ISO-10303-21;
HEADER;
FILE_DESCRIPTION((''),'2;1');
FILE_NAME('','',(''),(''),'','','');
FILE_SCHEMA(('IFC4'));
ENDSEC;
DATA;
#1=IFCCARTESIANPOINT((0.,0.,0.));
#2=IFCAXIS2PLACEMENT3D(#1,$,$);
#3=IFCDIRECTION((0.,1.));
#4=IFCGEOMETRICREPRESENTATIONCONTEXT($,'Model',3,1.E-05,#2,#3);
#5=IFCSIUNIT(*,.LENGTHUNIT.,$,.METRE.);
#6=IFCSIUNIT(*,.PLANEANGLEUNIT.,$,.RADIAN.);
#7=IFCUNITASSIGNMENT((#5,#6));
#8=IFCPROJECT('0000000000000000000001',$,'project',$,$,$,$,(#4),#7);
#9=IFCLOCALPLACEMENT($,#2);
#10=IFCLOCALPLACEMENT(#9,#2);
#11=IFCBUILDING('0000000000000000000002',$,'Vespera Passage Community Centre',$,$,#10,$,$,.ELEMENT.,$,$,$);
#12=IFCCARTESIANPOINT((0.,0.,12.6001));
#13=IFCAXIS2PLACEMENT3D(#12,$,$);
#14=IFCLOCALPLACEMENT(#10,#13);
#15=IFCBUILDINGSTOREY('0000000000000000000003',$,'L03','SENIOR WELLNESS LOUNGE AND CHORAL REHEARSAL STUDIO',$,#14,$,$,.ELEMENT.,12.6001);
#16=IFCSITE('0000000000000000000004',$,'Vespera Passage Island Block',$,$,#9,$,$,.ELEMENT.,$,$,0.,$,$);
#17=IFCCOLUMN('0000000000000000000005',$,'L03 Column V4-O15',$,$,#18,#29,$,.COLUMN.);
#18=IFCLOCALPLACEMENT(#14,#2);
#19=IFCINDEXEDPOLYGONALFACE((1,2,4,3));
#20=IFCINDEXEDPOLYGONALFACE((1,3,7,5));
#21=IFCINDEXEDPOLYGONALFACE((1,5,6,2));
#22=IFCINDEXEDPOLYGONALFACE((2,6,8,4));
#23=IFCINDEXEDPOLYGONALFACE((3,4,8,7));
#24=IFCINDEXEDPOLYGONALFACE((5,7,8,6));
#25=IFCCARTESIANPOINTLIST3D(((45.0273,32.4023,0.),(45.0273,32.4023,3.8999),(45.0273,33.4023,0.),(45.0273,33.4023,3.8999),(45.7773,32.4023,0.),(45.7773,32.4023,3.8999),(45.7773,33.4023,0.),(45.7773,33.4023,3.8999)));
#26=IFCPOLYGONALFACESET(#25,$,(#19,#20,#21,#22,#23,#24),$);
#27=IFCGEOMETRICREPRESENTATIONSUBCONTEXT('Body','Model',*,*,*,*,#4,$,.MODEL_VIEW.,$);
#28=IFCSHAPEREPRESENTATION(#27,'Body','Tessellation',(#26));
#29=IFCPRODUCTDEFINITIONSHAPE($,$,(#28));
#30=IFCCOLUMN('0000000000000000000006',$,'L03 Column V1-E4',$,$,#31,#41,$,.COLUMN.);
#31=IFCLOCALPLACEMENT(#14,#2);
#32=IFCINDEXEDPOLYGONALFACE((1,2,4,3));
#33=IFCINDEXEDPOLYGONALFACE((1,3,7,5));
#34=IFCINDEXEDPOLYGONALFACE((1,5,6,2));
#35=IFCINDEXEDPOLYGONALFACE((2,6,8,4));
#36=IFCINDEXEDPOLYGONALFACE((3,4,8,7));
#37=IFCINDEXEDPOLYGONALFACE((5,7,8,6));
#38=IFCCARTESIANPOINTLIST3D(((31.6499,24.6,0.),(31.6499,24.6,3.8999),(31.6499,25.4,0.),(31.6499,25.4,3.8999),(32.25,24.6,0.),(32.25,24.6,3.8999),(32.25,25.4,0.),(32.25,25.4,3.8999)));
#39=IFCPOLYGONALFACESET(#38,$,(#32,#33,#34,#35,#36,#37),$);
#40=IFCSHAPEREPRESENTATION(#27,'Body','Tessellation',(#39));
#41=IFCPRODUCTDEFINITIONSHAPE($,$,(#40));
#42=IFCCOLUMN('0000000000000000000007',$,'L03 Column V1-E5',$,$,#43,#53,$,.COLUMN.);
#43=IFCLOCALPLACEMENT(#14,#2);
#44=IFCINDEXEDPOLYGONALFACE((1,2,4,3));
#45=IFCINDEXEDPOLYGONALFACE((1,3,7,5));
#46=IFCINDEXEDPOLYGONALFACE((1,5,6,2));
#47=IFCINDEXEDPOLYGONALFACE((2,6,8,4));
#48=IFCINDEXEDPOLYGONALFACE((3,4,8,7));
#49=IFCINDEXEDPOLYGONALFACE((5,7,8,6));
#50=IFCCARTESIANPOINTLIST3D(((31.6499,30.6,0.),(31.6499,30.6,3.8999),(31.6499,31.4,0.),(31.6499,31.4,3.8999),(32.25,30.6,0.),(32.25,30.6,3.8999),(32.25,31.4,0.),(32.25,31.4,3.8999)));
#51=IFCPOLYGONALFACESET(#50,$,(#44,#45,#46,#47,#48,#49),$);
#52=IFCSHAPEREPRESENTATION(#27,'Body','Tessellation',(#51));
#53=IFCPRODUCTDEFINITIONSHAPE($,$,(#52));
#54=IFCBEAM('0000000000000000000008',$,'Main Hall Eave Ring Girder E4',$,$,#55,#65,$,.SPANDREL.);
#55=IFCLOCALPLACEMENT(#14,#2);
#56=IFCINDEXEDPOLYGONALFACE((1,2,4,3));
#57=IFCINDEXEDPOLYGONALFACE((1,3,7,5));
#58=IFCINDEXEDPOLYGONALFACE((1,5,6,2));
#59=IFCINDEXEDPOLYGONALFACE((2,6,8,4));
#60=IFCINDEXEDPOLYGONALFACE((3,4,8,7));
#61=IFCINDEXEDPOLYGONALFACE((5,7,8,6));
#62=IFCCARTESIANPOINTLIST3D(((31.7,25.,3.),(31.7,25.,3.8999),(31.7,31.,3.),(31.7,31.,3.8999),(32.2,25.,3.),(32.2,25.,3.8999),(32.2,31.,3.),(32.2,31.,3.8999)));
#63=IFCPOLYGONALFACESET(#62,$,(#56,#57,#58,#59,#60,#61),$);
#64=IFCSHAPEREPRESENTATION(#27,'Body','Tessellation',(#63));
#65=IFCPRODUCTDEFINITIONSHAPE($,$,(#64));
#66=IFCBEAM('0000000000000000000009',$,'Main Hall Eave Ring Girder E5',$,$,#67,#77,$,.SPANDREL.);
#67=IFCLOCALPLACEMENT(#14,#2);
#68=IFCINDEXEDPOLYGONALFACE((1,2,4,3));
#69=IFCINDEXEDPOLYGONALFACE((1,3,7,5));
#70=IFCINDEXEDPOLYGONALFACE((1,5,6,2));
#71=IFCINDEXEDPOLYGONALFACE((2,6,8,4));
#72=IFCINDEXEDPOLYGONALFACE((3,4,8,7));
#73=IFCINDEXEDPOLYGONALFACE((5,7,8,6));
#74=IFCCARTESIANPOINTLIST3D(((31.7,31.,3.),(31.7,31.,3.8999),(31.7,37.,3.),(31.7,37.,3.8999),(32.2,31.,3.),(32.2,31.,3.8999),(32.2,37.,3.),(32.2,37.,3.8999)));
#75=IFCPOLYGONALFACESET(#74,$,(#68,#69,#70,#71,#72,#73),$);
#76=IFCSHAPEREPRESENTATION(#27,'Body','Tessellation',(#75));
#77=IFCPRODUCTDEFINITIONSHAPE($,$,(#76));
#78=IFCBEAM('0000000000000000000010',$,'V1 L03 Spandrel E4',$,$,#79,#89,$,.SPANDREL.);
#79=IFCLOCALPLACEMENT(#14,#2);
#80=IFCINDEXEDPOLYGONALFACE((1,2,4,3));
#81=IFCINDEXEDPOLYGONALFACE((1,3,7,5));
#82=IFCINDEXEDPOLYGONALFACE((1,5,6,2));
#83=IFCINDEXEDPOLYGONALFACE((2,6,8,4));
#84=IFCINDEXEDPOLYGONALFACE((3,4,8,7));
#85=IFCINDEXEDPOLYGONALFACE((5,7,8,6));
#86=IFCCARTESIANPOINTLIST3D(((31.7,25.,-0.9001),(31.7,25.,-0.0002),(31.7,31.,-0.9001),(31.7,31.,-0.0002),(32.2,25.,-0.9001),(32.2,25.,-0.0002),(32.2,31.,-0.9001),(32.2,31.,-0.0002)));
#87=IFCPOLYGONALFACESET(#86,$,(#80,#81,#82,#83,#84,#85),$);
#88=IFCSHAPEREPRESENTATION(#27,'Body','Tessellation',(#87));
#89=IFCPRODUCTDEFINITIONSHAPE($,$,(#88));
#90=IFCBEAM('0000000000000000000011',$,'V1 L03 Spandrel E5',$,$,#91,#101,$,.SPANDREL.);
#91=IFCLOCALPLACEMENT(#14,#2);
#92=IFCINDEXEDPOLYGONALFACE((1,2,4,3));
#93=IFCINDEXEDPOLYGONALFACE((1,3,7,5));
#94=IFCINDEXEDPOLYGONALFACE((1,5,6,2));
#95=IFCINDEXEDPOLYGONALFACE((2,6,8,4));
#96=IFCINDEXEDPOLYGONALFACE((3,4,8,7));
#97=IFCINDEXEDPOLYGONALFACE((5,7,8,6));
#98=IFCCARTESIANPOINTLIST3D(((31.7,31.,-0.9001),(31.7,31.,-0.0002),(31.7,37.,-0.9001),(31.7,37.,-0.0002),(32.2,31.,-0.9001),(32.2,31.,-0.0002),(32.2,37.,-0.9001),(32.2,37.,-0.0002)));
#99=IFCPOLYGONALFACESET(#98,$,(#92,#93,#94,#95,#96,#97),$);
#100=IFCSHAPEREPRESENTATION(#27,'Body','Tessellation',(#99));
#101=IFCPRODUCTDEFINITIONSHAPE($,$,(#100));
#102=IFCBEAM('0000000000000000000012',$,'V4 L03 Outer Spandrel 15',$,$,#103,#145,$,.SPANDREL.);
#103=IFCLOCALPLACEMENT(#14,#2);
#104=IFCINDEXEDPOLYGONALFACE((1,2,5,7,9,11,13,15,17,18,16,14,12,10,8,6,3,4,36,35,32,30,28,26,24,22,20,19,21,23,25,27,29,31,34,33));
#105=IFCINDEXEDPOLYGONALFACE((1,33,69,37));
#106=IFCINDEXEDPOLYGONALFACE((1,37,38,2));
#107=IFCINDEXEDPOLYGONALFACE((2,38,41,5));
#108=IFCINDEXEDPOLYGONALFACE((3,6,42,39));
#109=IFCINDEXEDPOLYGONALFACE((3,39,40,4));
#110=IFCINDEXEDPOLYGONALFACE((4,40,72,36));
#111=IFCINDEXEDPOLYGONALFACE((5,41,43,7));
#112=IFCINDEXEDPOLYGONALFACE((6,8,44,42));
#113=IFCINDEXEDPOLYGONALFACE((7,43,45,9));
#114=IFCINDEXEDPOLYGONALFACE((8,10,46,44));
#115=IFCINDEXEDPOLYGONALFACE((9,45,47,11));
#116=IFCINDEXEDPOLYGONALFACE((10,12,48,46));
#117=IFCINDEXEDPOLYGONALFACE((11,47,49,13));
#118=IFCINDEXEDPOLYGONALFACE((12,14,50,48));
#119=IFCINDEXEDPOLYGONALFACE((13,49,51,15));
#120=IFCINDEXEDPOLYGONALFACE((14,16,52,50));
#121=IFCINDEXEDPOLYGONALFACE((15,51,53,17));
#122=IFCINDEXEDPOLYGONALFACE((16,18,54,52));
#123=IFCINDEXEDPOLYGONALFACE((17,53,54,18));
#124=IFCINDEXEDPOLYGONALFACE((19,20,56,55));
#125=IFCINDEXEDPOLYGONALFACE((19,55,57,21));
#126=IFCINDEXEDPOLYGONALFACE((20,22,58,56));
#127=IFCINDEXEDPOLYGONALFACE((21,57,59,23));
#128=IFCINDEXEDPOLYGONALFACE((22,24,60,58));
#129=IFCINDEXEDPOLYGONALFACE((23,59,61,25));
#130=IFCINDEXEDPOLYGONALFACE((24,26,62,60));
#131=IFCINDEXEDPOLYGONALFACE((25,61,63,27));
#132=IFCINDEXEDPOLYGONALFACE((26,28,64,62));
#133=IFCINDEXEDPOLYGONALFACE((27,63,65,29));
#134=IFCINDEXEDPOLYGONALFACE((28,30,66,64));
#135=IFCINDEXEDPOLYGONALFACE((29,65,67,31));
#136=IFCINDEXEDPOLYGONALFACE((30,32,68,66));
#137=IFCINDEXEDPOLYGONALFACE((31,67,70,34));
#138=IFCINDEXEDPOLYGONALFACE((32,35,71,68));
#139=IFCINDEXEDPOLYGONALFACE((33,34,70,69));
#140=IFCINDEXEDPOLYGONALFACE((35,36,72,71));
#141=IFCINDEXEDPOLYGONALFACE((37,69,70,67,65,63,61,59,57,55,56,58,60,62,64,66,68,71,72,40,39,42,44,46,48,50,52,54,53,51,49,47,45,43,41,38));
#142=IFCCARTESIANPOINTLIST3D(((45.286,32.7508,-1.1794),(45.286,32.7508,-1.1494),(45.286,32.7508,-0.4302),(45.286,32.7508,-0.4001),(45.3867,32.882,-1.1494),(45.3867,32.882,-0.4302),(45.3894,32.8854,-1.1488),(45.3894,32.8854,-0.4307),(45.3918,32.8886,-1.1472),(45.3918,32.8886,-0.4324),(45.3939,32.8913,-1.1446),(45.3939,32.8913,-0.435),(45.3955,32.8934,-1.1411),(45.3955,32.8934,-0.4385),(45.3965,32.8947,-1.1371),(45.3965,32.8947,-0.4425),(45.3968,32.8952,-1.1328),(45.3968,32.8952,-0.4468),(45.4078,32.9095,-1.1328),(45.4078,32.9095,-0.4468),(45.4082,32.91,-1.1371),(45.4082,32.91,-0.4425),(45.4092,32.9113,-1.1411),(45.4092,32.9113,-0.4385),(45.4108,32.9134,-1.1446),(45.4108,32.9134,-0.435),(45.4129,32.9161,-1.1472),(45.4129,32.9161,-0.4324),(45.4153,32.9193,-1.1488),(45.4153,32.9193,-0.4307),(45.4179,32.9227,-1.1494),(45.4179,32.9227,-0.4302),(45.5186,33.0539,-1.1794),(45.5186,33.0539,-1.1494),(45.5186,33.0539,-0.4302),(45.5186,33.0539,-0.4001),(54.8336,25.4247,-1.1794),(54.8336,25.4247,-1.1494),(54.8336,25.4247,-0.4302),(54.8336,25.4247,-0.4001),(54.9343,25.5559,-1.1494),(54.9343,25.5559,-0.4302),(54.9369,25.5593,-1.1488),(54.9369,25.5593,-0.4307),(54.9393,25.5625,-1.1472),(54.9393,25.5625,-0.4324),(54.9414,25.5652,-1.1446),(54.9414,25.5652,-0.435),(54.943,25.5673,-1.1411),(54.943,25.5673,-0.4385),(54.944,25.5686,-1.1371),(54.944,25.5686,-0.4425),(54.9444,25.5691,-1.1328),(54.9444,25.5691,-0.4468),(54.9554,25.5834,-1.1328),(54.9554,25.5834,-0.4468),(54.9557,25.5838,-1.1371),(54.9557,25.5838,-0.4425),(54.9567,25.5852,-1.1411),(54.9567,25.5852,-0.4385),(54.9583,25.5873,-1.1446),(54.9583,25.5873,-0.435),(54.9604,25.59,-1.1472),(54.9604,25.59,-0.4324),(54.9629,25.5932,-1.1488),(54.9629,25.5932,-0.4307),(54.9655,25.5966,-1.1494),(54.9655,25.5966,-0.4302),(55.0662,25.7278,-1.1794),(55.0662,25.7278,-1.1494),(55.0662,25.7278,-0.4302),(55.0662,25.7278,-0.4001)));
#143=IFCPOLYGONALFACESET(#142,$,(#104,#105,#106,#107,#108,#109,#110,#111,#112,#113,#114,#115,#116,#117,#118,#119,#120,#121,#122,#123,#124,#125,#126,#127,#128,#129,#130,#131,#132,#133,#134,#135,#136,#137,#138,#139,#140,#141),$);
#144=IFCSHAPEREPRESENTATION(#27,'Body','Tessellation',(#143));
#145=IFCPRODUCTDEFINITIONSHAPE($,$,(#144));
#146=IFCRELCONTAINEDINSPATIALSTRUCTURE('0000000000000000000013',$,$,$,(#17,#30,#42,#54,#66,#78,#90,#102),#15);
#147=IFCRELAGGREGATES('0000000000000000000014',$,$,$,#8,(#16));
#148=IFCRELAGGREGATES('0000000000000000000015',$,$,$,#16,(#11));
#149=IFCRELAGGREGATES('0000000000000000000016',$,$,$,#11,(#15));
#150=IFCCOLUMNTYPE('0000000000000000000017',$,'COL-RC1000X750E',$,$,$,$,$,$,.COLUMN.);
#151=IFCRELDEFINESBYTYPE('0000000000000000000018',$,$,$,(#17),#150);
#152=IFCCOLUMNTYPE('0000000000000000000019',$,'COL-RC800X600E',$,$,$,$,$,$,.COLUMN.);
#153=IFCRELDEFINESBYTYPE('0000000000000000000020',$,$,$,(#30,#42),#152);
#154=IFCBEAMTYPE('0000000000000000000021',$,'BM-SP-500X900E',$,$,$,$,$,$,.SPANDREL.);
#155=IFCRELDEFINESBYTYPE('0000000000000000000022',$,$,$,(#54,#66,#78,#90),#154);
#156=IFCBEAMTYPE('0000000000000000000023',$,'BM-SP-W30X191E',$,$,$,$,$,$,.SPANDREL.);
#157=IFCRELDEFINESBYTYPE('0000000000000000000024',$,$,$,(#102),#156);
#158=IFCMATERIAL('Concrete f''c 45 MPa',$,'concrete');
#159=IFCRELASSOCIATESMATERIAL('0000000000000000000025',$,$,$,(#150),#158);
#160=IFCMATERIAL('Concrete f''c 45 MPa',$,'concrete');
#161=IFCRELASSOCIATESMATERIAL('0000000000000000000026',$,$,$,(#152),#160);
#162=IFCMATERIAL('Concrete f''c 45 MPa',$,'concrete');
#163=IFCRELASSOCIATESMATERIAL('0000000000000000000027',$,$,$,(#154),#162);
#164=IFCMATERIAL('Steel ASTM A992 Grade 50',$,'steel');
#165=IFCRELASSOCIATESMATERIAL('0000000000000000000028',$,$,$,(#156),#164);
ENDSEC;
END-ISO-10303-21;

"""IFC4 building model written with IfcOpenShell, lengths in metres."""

from ifc_helpers import new_model, si_unit, direction, frame, origin, origin_2d, place, context, subcontext, project, spatial, rectangle, i_section, extrude, material, material_profile, profile_set, type_object, element, save


model = new_model("IFC4")

# Units and contexts
model_context = context("Model", 3, precision=1e-05, world=origin(), true_north=direction((0.0, 1.0)))
body_context = subcontext(model_context, "Body", "Model", "MODEL_VIEW")
ifc_project = project(units=[si_unit("LENGTHUNIT", "METRE"), si_unit("PLANEANGLEUNIT", "RADIAN")], contexts=[model_context])

# Site, building, storey
site_placement = place(None, origin())
site = spatial("IfcSite", under=ifc_project, at=site_placement, Name="Vespera Passage Island Block", CompositionType="ELEMENT", RefElevation=0.0)
building_placement = place(site_placement, origin())
building = spatial("IfcBuilding", under=site, at=building_placement, Name="Vespera Passage Community Centre", CompositionType="ELEMENT")
storey_placement = place(building_placement, frame((0.0, 0.0, 12.6001)))
storey = spatial("IfcBuildingStorey", under=building, at=storey_placement, Name="L03", Description="SENIOR WELLNESS LOUNGE AND CHORAL REHEARSAL STUDIO", CompositionType="ELEMENT", Elevation=12.6001)

# Columns
ifc_material_1 = material(Name="Concrete f'c 45 MPa", Category="concrete")
ifc_material_profile_1 = material_profile(ifc_material_1, rectangle(XDim=0.75, YDim=1.0, at=origin_2d()), Name="RC1000X750")
ifc_profile_set_1 = profile_set([ifc_material_profile_1], Name="Concrete f'c 45 MPa")
column_type_1 = type_object("IfcColumnType", Name="COL-RC1000X750E", PredefinedType="COLUMN", material=ifc_profile_set_1)
column_placement = place(storey_placement, frame((45.4023, 32.9023, 0.0), z_axis=(0.0, 0.0, 1.0), x_axis=(1.0, 0.0, 0.0)))
element("IfcColumn", 1, at=column_placement, inside=storey, type_object=column_type_1, Name="L03 Column V4-O15", PredefinedType="COLUMN", context=body_context, shape_type="SweptSolid", body=[
    extrude(rectangle(XDim=0.75, YDim=1.0, at=origin_2d()), origin(), (0.0, 0.0, 1.0), 3.8999),
])
ifc_material_2 = material(Name="Concrete f'c 45 MPa", Category="concrete")
ifc_material_profile_2 = material_profile(ifc_material_2, rectangle(XDim=0.6001, YDim=0.8, at=origin_2d()), Name="RC800X600")
ifc_profile_set_2 = profile_set([ifc_material_profile_2], Name="Concrete f'c 45 MPa")
column_type_2 = type_object("IfcColumnType", Name="COL-RC800X600E", PredefinedType="COLUMN", material=ifc_profile_set_2)
for number, where, z_axis, x_axis, name in (
    (2, (31.95, 25.0, 0.0), (0.0, 0.0, 1.0), (1.0, 0.0, 0.0), "L03 Column V1-E4"),
    (3, (31.95, 31.0, 0.0), (0.0, 0.0, 1.0), (1.0, 0.0, 0.0), "L03 Column V1-E5"),
):
    element("IfcColumn", number, at=place(storey_placement, frame(where, z_axis=z_axis, x_axis=x_axis)), inside=storey, type_object=column_type_2, Name=name, PredefinedType="COLUMN", context=body_context, shape_type="SweptSolid", body=[
        extrude(rectangle(XDim=0.6001, YDim=0.8, at=origin_2d()), origin(), (0.0, 0.0, 1.0), 3.8999),
    ])

# Beams
ifc_material_3 = material(Name="Concrete f'c 45 MPa", Category="concrete")
ifc_material_profile_3 = material_profile(ifc_material_3, rectangle(XDim=0.5, YDim=0.8999, at=origin_2d()), Name="RC500X900")
ifc_profile_set_3 = profile_set([ifc_material_profile_3], Name="Concrete f'c 45 MPa")
beam_type_1 = type_object("IfcBeamType", Name="BM-SP-500X900E", PredefinedType="SPANDREL", material=ifc_profile_set_3)
for number, where, z_axis, x_axis, name in (
    (4, (31.95, 25.0, 3.45), (0.0, 1.0, 0.0), (-1.0, 0.0, 0.0), "Main Hall Eave Ring Girder E4"),
    (5, (31.95, 31.0, 3.45), (0.0, 1.0, 0.0), (-1.0, 0.0, 0.0), "Main Hall Eave Ring Girder E5"),
    (6, (31.95, 25.0, -0.4502), (0.0, 1.0, 0.0), (-1.0, 0.0, 0.0), "V1 L03 Spandrel E4"),
    (7, (31.95, 31.0, -0.4502), (0.0, 1.0, 0.0), (-1.0, 0.0, 0.0), "V1 L03 Spandrel E5"),
):
    element("IfcBeam", number, at=place(storey_placement, frame(where, z_axis=z_axis, x_axis=x_axis)), inside=storey, type_object=beam_type_1, Name=name, PredefinedType="SPANDREL", context=body_context, shape_type="SweptSolid", body=[
        extrude(rectangle(XDim=0.5, YDim=0.8999, at=origin_2d()), origin(), (0.0, 0.0, 1.0), 6.0),
    ])
ifc_material_4 = material(Name="Steel ASTM A992 Grade 50", Category="steel")
ifc_material_profile_4 = material_profile(ifc_material_4, i_section(OverallWidth=0.3821, OverallDepth=0.7793, WebThickness=0.0181, FlangeThickness=0.03, FilletRadius=0.0166, at=origin_2d()), Name="W30X191")
ifc_profile_set_4 = profile_set([ifc_material_profile_4], Name="Steel ASTM A992 Grade 50")
beam_type_2 = type_object("IfcBeamType", Name="BM-SP-W30X191E", PredefinedType="SPANDREL", material=ifc_profile_set_4)
beam_placement = place(storey_placement, frame((45.4023, 32.9023, -0.7898), z_axis=(0.793352, -0.608763, 0.0), x_axis=(0.608763, 0.793352, 0.0)))
element("IfcBeam", 8, at=beam_placement, inside=storey, type_object=beam_type_2, Name="V4 L03 Outer Spandrel 15", PredefinedType="SPANDREL", context=body_context, shape_type="SweptSolid", body=[
    extrude(i_section(OverallWidth=0.3821, OverallDepth=0.7793, WebThickness=0.0181, FlangeThickness=0.03, FilletRadius=0.0166, at=origin_2d()), origin(), (0.0, 0.0, 1.0), 12.0344),
])

save(model, "model.ifc")
